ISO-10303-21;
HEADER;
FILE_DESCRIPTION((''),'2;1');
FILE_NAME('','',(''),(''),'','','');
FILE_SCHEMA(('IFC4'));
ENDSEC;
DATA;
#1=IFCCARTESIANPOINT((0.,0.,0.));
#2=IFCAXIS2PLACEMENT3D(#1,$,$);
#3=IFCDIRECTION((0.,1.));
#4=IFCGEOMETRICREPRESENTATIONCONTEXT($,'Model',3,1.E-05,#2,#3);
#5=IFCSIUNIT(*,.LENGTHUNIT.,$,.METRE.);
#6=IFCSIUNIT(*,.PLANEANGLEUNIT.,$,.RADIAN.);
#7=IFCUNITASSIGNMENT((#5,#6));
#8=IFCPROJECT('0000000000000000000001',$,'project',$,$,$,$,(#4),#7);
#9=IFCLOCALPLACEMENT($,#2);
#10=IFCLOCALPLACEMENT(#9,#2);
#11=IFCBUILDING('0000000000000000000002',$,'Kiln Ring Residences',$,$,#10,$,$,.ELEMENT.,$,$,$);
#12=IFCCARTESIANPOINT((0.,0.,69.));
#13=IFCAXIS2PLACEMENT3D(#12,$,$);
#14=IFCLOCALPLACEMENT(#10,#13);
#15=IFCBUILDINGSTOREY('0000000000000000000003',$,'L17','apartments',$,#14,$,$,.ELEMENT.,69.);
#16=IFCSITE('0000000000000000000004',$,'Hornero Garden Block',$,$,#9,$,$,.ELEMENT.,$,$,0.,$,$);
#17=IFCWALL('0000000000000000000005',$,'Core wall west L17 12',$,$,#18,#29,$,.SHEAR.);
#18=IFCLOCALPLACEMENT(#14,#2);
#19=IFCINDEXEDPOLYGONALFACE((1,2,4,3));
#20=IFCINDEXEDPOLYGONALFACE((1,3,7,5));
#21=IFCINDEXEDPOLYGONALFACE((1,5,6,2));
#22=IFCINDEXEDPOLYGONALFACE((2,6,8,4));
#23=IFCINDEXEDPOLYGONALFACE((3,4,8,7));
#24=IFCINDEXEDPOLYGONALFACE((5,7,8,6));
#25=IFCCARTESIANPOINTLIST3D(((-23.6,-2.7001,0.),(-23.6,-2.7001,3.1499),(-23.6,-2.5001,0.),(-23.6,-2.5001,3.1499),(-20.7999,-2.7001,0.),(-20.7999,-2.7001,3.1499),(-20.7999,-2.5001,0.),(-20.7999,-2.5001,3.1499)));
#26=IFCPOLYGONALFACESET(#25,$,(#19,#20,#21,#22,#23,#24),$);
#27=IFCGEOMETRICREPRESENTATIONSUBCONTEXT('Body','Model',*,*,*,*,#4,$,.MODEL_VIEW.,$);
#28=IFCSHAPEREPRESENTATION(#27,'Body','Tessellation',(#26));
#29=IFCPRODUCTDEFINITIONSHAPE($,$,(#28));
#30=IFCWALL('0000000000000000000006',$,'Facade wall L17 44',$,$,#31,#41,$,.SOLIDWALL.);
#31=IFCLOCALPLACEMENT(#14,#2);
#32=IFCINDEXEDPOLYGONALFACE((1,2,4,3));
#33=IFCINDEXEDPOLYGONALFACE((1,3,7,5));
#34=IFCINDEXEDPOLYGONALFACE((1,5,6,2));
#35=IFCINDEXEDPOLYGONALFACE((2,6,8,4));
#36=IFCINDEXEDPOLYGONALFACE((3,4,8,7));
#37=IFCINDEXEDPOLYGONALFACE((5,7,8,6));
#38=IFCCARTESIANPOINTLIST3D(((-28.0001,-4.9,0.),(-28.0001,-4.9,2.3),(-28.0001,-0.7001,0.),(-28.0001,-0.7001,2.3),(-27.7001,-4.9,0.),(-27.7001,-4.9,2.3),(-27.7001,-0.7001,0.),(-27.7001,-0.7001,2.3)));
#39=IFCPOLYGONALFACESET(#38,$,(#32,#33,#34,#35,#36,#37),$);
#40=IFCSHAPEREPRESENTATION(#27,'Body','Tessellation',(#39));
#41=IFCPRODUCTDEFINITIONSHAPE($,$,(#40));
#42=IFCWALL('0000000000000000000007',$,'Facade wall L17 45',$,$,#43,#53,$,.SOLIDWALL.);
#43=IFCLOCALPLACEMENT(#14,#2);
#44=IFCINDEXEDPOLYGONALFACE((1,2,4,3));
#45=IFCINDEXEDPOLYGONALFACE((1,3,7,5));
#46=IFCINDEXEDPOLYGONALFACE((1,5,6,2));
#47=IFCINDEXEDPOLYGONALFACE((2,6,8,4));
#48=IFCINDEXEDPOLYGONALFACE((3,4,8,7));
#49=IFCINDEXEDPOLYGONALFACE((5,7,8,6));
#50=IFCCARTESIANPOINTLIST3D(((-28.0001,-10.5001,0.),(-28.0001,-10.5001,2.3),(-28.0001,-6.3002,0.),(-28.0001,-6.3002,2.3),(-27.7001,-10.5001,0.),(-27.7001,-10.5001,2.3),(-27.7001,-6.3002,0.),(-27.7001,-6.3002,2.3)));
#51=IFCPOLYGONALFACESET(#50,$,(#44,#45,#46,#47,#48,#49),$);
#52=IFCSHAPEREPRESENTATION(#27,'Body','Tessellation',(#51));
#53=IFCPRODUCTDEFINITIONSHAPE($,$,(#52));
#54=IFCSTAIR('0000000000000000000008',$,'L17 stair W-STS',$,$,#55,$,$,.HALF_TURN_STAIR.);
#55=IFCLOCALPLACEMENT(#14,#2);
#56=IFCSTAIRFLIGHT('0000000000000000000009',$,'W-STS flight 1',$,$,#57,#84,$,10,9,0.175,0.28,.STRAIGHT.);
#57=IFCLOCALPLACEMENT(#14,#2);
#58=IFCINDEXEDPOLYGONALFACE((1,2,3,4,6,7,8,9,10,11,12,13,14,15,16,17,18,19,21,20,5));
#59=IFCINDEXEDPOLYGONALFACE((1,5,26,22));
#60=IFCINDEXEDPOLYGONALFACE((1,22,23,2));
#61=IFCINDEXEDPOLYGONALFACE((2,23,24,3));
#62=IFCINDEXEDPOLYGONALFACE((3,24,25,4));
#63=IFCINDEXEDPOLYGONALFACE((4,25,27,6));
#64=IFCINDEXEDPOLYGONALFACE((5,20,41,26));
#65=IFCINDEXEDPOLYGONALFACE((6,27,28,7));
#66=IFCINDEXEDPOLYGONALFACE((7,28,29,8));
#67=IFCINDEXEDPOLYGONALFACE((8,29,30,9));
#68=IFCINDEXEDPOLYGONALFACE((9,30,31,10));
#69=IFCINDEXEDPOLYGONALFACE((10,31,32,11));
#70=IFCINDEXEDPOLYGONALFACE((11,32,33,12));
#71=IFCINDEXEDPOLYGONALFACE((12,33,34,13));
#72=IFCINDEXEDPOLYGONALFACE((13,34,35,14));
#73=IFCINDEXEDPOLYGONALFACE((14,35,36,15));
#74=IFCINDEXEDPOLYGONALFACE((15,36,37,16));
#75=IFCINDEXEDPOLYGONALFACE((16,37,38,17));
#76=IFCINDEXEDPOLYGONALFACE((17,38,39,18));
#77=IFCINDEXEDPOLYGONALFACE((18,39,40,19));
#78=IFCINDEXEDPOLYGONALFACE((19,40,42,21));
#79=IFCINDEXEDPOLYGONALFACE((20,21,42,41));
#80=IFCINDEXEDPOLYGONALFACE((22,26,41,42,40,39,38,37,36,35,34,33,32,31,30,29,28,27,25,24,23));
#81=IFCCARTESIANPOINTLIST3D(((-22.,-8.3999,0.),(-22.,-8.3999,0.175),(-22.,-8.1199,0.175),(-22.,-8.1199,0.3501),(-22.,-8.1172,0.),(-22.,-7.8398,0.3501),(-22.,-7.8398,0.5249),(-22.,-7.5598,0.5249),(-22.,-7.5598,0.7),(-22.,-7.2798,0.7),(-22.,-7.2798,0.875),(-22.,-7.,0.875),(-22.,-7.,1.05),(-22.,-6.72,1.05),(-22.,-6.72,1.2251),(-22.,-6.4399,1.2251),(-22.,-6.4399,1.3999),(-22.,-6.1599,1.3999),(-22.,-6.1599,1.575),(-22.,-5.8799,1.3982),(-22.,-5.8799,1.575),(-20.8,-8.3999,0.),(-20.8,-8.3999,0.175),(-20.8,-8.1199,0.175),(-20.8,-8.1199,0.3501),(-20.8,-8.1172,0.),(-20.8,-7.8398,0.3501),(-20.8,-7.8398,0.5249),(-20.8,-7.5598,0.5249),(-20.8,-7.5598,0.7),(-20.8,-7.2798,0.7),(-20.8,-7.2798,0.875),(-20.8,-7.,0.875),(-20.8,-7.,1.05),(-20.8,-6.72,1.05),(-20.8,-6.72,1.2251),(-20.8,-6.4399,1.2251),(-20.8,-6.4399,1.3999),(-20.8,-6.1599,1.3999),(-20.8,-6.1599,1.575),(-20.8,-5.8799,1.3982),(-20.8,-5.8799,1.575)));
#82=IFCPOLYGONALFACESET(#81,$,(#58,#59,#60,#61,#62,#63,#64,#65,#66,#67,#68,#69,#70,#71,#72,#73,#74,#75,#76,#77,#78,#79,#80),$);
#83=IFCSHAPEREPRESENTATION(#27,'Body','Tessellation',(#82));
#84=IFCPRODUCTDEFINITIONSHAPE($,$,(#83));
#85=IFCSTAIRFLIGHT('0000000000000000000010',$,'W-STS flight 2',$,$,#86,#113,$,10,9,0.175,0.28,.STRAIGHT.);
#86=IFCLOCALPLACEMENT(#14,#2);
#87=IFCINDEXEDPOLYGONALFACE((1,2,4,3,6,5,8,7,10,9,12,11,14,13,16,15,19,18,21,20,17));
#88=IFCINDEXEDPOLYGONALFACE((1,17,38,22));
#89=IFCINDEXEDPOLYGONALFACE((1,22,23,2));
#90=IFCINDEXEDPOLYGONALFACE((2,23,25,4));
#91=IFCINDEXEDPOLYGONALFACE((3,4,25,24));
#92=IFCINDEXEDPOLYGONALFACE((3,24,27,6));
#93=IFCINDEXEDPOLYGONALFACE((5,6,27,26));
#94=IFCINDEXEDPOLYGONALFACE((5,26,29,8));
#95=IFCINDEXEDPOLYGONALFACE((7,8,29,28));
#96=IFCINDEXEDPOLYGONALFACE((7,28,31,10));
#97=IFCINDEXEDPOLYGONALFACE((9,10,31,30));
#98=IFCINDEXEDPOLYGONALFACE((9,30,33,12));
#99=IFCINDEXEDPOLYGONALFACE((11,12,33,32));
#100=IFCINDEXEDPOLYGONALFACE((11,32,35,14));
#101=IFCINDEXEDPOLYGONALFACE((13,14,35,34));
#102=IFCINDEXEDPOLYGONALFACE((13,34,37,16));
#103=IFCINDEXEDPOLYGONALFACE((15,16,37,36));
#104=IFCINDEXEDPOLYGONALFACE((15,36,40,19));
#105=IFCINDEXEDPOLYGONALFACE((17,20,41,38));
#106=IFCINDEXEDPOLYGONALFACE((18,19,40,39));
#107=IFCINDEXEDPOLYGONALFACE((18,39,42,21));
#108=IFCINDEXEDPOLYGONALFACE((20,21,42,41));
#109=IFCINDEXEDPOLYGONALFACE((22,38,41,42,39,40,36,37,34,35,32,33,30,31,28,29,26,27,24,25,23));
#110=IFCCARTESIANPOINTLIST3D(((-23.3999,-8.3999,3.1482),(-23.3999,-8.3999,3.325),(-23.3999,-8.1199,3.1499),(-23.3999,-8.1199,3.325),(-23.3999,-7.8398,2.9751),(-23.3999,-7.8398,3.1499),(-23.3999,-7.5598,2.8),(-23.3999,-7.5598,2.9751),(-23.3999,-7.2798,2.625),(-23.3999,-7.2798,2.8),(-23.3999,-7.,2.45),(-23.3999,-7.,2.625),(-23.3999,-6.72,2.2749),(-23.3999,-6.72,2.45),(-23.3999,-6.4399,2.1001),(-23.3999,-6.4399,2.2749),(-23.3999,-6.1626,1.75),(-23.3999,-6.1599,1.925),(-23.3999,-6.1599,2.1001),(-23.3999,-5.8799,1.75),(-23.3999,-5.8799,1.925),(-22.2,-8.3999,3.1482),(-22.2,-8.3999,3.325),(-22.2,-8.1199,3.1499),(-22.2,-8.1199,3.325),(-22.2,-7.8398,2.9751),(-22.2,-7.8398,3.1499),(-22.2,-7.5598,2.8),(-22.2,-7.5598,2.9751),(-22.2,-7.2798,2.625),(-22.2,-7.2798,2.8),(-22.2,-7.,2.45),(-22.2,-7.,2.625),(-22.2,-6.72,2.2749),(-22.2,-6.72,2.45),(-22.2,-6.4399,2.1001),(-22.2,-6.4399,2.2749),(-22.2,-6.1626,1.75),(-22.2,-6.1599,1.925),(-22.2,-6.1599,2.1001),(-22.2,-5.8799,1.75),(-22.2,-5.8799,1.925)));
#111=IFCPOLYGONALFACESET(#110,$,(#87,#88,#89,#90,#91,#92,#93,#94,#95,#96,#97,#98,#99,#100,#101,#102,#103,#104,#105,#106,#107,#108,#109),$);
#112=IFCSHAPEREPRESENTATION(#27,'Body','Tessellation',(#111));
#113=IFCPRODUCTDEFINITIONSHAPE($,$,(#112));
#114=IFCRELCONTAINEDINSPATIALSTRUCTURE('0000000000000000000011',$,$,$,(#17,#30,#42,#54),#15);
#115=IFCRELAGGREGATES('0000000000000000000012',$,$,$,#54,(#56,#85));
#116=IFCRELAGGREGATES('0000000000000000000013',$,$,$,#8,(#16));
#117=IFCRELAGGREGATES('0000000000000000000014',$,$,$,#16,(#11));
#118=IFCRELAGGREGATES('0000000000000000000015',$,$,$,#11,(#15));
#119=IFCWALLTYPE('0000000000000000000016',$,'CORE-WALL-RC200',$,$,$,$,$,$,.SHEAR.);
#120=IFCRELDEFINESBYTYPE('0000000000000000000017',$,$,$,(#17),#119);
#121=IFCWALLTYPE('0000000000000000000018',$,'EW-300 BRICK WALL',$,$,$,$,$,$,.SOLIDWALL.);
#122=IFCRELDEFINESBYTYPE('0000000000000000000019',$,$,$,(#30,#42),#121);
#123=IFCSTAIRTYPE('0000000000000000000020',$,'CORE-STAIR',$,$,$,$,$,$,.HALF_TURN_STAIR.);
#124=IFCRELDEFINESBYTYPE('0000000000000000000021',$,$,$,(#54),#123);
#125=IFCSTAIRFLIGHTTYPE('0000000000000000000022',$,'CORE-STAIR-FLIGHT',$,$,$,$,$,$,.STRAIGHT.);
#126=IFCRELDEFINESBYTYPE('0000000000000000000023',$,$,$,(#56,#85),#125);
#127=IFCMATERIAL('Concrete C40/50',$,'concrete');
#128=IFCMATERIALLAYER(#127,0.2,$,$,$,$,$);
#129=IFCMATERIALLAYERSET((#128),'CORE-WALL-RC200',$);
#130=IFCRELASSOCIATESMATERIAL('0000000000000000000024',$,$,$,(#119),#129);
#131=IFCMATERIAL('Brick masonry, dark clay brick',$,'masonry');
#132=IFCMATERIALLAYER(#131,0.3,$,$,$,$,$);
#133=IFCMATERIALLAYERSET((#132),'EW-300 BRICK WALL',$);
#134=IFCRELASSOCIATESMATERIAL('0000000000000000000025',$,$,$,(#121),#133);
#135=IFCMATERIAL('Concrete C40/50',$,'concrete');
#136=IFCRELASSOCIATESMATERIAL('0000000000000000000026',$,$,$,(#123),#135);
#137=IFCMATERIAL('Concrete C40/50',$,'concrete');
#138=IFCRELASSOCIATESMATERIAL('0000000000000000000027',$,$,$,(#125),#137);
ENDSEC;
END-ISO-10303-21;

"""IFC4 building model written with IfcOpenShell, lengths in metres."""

from ifc_helpers import new_model, si_unit, direction, frame, frame_2d, origin, place, context, subcontext, project, spatial, polyline, rectangle, outline, extrude, material, layer, layer_set, type_object, element, aggregate, save


model = new_model("IFC4")

# Units and contexts
model_context = context("Model", 3, precision=1e-05, world=origin(), true_north=direction((0.0, 1.0)))
body_context = subcontext(model_context, "Body", "Model", "MODEL_VIEW")
ifc_project = project(units=[si_unit("LENGTHUNIT", "METRE"), si_unit("PLANEANGLEUNIT", "RADIAN")], contexts=[model_context])

# Site, building, storey
site_placement = place(None, origin())
site = spatial("IfcSite", under=ifc_project, at=site_placement, Name="Hornero Garden Block", CompositionType="ELEMENT", RefElevation=0.0)
building_placement = place(site_placement, origin())
building = spatial("IfcBuilding", under=site, at=building_placement, Name="Kiln Ring Residences", CompositionType="ELEMENT")
storey_placement = place(building_placement, frame((0.0, 0.0, 69.0)))
storey = spatial("IfcBuildingStorey", under=building, at=storey_placement, Name="L17", Description="apartments", CompositionType="ELEMENT", Elevation=69.0)

# Shared definitions
ifc_material_1 = material(Name="Concrete C40/50", Category="concrete")
ifc_layer_1 = layer(ifc_material_1, 0.2)
ifc_layer_set_1 = layer_set([ifc_layer_1], Name="CORE-WALL-RC200")
wall_type_1 = type_object("IfcWallType", Name="CORE-WALL-RC200", PredefinedType="SHEAR", material=ifc_layer_set_1)

# Walls
wall_1_placement = place(storey_placement, frame((-20.8, -2.6001, 0.0), z_axis=(0.0, 0.0, 1.0), x_axis=(-1.0, 0.0, 0.0)))
element("IfcWall", 1, at=wall_1_placement, inside=storey, type_object=wall_type_1, Name="Core wall west L17 12", PredefinedType="SHEAR", context=body_context, shape_type="SweptSolid", body=[
    extrude(rectangle(XDim=2.8, YDim=0.2, at=frame_2d((1.3999, 0.0))), origin(), (0.0, 0.0, 1.0), 3.1499),
])
ifc_material_2 = material(Name="Brick masonry, dark clay brick", Category="masonry")
ifc_layer_2 = layer(ifc_material_2, 0.3)
ifc_layer_set_2 = layer_set([ifc_layer_2], Name="EW-300 BRICK WALL")
wall_type_2 = type_object("IfcWallType", Name="EW-300 BRICK WALL", PredefinedType="SOLIDWALL", material=ifc_layer_set_2)
for number, where, z_axis, x_axis, name in (
    (2, (-27.8501, -0.7, 0.0), (0.0, 0.0, 1.0), (0.0, -1.0, 0.0), "Facade wall L17 44"),
    (3, (-27.8501, -6.3, 0.0), (0.0, 0.0, 1.0), (0.0, -1.0, 0.0), "Facade wall L17 45"),
):
    element("IfcWall", number, at=place(storey_placement, frame(where, z_axis=z_axis, x_axis=x_axis)), inside=storey, type_object=wall_type_2, Name=name, PredefinedType="SOLIDWALL", context=body_context, shape_type="SweptSolid", body=[
        extrude(rectangle(XDim=4.2, YDim=0.3, at=frame_2d((2.1001, 0.0))), origin(), (0.0, 0.0, 1.0), 2.3),
    ])

# Stair, stair flights
ifc_material_3 = material(Name="Concrete C40/50", Category="concrete")
stair_type = type_object("IfcStairType", Name="CORE-STAIR", PredefinedType="HALF_TURN_STAIR", material=ifc_material_3)
stair_placement = place(storey_placement, origin())
stair = element("IfcStair", 4, at=stair_placement, inside=storey, type_object=stair_type, Name="L17 stair W-STS", PredefinedType="HALF_TURN_STAIR")
ifc_material_4 = material(Name="Concrete C40/50", Category="concrete")
stair_flight_type = type_object("IfcStairFlightType", Name="CORE-STAIR-FLIGHT", PredefinedType="STRAIGHT", material=ifc_material_4)
stair_flight_1_placement = place(storey_placement, frame((-21.3999, -8.3999, 0.0), z_axis=(0.0, 0.0, 1.0), x_axis=(0.0, 1.0, 0.0)))
stair_flight_1 = element("IfcStairFlight", 5, at=stair_flight_1_placement, type_object=stair_flight_type, Name="W-STS flight 1", NumberOfRisers=10, NumberOfTreads=9, PredefinedType="STRAIGHT", RiserHeight=0.175, TreadLength=0.28, context=body_context, shape_type="SweptSolid", body=[
    extrude(outline(polyline([(0.0, 0.0), (0.0, 0.175), (0.28, 0.175), (0.28, 0.3501), (0.5601, 0.3501), (0.5601, 0.5249), (0.8401, 0.5249), (0.8401, 0.7), (1.1201, 0.7), (1.1201, 0.875), (1.3999, 0.875), (1.3999, 1.05), (1.6799, 1.05), (1.6799, 1.2251), (1.96, 1.2251), (1.96, 1.3999), (2.24, 1.3999), (2.24, 1.575), (2.52, 1.575), (2.52, 1.75), (2.52, 1.3982), (0.2827, 0.0), (0.0, 0.0)])), frame((0.0, 0.6001, 0.0), z_axis=(0.0, -1.0, 0.0), x_axis=(1.0, 0.0, 0.0)), (0.0, 0.0, 1.0), 1.2),
])
stair_flight_2_placement = place(storey_placement, frame((-22.8, -5.8799, 1.75), z_axis=(0.0, 0.0, 1.0), x_axis=(0.0, -1.0, 0.0)))
stair_flight_2 = element("IfcStairFlight", 6, at=stair_flight_2_placement, type_object=stair_flight_type, Name="W-STS flight 2", NumberOfRisers=10, NumberOfTreads=9, PredefinedType="STRAIGHT", RiserHeight=0.175, TreadLength=0.28, context=body_context, shape_type="SweptSolid", body=[
    extrude(outline(polyline([(0.0, 0.0), (0.0, 0.175), (0.28, 0.175), (0.28, 0.3501), (0.5601, 0.3501), (0.5601, 0.5249), (0.8401, 0.5249), (0.8401, 0.7), (1.1201, 0.7), (1.1201, 0.875), (1.3999, 0.875), (1.3999, 1.05), (1.6799, 1.05), (1.6799, 1.2251), (1.96, 1.2251), (1.96, 1.3999), (2.24, 1.3999), (2.24, 1.575), (2.52, 1.575), (2.52, 1.75), (2.52, 1.3982), (0.2827, 0.0), (0.0, 0.0)])), frame((0.0, 0.6001, 0.0), z_axis=(0.0, -1.0, 0.0), x_axis=(1.0, 0.0, 0.0)), (0.0, 0.0, 1.0), 1.2),
])
aggregate(stair, [stair_flight_1, stair_flight_2])

save(model, "model.ifc")
